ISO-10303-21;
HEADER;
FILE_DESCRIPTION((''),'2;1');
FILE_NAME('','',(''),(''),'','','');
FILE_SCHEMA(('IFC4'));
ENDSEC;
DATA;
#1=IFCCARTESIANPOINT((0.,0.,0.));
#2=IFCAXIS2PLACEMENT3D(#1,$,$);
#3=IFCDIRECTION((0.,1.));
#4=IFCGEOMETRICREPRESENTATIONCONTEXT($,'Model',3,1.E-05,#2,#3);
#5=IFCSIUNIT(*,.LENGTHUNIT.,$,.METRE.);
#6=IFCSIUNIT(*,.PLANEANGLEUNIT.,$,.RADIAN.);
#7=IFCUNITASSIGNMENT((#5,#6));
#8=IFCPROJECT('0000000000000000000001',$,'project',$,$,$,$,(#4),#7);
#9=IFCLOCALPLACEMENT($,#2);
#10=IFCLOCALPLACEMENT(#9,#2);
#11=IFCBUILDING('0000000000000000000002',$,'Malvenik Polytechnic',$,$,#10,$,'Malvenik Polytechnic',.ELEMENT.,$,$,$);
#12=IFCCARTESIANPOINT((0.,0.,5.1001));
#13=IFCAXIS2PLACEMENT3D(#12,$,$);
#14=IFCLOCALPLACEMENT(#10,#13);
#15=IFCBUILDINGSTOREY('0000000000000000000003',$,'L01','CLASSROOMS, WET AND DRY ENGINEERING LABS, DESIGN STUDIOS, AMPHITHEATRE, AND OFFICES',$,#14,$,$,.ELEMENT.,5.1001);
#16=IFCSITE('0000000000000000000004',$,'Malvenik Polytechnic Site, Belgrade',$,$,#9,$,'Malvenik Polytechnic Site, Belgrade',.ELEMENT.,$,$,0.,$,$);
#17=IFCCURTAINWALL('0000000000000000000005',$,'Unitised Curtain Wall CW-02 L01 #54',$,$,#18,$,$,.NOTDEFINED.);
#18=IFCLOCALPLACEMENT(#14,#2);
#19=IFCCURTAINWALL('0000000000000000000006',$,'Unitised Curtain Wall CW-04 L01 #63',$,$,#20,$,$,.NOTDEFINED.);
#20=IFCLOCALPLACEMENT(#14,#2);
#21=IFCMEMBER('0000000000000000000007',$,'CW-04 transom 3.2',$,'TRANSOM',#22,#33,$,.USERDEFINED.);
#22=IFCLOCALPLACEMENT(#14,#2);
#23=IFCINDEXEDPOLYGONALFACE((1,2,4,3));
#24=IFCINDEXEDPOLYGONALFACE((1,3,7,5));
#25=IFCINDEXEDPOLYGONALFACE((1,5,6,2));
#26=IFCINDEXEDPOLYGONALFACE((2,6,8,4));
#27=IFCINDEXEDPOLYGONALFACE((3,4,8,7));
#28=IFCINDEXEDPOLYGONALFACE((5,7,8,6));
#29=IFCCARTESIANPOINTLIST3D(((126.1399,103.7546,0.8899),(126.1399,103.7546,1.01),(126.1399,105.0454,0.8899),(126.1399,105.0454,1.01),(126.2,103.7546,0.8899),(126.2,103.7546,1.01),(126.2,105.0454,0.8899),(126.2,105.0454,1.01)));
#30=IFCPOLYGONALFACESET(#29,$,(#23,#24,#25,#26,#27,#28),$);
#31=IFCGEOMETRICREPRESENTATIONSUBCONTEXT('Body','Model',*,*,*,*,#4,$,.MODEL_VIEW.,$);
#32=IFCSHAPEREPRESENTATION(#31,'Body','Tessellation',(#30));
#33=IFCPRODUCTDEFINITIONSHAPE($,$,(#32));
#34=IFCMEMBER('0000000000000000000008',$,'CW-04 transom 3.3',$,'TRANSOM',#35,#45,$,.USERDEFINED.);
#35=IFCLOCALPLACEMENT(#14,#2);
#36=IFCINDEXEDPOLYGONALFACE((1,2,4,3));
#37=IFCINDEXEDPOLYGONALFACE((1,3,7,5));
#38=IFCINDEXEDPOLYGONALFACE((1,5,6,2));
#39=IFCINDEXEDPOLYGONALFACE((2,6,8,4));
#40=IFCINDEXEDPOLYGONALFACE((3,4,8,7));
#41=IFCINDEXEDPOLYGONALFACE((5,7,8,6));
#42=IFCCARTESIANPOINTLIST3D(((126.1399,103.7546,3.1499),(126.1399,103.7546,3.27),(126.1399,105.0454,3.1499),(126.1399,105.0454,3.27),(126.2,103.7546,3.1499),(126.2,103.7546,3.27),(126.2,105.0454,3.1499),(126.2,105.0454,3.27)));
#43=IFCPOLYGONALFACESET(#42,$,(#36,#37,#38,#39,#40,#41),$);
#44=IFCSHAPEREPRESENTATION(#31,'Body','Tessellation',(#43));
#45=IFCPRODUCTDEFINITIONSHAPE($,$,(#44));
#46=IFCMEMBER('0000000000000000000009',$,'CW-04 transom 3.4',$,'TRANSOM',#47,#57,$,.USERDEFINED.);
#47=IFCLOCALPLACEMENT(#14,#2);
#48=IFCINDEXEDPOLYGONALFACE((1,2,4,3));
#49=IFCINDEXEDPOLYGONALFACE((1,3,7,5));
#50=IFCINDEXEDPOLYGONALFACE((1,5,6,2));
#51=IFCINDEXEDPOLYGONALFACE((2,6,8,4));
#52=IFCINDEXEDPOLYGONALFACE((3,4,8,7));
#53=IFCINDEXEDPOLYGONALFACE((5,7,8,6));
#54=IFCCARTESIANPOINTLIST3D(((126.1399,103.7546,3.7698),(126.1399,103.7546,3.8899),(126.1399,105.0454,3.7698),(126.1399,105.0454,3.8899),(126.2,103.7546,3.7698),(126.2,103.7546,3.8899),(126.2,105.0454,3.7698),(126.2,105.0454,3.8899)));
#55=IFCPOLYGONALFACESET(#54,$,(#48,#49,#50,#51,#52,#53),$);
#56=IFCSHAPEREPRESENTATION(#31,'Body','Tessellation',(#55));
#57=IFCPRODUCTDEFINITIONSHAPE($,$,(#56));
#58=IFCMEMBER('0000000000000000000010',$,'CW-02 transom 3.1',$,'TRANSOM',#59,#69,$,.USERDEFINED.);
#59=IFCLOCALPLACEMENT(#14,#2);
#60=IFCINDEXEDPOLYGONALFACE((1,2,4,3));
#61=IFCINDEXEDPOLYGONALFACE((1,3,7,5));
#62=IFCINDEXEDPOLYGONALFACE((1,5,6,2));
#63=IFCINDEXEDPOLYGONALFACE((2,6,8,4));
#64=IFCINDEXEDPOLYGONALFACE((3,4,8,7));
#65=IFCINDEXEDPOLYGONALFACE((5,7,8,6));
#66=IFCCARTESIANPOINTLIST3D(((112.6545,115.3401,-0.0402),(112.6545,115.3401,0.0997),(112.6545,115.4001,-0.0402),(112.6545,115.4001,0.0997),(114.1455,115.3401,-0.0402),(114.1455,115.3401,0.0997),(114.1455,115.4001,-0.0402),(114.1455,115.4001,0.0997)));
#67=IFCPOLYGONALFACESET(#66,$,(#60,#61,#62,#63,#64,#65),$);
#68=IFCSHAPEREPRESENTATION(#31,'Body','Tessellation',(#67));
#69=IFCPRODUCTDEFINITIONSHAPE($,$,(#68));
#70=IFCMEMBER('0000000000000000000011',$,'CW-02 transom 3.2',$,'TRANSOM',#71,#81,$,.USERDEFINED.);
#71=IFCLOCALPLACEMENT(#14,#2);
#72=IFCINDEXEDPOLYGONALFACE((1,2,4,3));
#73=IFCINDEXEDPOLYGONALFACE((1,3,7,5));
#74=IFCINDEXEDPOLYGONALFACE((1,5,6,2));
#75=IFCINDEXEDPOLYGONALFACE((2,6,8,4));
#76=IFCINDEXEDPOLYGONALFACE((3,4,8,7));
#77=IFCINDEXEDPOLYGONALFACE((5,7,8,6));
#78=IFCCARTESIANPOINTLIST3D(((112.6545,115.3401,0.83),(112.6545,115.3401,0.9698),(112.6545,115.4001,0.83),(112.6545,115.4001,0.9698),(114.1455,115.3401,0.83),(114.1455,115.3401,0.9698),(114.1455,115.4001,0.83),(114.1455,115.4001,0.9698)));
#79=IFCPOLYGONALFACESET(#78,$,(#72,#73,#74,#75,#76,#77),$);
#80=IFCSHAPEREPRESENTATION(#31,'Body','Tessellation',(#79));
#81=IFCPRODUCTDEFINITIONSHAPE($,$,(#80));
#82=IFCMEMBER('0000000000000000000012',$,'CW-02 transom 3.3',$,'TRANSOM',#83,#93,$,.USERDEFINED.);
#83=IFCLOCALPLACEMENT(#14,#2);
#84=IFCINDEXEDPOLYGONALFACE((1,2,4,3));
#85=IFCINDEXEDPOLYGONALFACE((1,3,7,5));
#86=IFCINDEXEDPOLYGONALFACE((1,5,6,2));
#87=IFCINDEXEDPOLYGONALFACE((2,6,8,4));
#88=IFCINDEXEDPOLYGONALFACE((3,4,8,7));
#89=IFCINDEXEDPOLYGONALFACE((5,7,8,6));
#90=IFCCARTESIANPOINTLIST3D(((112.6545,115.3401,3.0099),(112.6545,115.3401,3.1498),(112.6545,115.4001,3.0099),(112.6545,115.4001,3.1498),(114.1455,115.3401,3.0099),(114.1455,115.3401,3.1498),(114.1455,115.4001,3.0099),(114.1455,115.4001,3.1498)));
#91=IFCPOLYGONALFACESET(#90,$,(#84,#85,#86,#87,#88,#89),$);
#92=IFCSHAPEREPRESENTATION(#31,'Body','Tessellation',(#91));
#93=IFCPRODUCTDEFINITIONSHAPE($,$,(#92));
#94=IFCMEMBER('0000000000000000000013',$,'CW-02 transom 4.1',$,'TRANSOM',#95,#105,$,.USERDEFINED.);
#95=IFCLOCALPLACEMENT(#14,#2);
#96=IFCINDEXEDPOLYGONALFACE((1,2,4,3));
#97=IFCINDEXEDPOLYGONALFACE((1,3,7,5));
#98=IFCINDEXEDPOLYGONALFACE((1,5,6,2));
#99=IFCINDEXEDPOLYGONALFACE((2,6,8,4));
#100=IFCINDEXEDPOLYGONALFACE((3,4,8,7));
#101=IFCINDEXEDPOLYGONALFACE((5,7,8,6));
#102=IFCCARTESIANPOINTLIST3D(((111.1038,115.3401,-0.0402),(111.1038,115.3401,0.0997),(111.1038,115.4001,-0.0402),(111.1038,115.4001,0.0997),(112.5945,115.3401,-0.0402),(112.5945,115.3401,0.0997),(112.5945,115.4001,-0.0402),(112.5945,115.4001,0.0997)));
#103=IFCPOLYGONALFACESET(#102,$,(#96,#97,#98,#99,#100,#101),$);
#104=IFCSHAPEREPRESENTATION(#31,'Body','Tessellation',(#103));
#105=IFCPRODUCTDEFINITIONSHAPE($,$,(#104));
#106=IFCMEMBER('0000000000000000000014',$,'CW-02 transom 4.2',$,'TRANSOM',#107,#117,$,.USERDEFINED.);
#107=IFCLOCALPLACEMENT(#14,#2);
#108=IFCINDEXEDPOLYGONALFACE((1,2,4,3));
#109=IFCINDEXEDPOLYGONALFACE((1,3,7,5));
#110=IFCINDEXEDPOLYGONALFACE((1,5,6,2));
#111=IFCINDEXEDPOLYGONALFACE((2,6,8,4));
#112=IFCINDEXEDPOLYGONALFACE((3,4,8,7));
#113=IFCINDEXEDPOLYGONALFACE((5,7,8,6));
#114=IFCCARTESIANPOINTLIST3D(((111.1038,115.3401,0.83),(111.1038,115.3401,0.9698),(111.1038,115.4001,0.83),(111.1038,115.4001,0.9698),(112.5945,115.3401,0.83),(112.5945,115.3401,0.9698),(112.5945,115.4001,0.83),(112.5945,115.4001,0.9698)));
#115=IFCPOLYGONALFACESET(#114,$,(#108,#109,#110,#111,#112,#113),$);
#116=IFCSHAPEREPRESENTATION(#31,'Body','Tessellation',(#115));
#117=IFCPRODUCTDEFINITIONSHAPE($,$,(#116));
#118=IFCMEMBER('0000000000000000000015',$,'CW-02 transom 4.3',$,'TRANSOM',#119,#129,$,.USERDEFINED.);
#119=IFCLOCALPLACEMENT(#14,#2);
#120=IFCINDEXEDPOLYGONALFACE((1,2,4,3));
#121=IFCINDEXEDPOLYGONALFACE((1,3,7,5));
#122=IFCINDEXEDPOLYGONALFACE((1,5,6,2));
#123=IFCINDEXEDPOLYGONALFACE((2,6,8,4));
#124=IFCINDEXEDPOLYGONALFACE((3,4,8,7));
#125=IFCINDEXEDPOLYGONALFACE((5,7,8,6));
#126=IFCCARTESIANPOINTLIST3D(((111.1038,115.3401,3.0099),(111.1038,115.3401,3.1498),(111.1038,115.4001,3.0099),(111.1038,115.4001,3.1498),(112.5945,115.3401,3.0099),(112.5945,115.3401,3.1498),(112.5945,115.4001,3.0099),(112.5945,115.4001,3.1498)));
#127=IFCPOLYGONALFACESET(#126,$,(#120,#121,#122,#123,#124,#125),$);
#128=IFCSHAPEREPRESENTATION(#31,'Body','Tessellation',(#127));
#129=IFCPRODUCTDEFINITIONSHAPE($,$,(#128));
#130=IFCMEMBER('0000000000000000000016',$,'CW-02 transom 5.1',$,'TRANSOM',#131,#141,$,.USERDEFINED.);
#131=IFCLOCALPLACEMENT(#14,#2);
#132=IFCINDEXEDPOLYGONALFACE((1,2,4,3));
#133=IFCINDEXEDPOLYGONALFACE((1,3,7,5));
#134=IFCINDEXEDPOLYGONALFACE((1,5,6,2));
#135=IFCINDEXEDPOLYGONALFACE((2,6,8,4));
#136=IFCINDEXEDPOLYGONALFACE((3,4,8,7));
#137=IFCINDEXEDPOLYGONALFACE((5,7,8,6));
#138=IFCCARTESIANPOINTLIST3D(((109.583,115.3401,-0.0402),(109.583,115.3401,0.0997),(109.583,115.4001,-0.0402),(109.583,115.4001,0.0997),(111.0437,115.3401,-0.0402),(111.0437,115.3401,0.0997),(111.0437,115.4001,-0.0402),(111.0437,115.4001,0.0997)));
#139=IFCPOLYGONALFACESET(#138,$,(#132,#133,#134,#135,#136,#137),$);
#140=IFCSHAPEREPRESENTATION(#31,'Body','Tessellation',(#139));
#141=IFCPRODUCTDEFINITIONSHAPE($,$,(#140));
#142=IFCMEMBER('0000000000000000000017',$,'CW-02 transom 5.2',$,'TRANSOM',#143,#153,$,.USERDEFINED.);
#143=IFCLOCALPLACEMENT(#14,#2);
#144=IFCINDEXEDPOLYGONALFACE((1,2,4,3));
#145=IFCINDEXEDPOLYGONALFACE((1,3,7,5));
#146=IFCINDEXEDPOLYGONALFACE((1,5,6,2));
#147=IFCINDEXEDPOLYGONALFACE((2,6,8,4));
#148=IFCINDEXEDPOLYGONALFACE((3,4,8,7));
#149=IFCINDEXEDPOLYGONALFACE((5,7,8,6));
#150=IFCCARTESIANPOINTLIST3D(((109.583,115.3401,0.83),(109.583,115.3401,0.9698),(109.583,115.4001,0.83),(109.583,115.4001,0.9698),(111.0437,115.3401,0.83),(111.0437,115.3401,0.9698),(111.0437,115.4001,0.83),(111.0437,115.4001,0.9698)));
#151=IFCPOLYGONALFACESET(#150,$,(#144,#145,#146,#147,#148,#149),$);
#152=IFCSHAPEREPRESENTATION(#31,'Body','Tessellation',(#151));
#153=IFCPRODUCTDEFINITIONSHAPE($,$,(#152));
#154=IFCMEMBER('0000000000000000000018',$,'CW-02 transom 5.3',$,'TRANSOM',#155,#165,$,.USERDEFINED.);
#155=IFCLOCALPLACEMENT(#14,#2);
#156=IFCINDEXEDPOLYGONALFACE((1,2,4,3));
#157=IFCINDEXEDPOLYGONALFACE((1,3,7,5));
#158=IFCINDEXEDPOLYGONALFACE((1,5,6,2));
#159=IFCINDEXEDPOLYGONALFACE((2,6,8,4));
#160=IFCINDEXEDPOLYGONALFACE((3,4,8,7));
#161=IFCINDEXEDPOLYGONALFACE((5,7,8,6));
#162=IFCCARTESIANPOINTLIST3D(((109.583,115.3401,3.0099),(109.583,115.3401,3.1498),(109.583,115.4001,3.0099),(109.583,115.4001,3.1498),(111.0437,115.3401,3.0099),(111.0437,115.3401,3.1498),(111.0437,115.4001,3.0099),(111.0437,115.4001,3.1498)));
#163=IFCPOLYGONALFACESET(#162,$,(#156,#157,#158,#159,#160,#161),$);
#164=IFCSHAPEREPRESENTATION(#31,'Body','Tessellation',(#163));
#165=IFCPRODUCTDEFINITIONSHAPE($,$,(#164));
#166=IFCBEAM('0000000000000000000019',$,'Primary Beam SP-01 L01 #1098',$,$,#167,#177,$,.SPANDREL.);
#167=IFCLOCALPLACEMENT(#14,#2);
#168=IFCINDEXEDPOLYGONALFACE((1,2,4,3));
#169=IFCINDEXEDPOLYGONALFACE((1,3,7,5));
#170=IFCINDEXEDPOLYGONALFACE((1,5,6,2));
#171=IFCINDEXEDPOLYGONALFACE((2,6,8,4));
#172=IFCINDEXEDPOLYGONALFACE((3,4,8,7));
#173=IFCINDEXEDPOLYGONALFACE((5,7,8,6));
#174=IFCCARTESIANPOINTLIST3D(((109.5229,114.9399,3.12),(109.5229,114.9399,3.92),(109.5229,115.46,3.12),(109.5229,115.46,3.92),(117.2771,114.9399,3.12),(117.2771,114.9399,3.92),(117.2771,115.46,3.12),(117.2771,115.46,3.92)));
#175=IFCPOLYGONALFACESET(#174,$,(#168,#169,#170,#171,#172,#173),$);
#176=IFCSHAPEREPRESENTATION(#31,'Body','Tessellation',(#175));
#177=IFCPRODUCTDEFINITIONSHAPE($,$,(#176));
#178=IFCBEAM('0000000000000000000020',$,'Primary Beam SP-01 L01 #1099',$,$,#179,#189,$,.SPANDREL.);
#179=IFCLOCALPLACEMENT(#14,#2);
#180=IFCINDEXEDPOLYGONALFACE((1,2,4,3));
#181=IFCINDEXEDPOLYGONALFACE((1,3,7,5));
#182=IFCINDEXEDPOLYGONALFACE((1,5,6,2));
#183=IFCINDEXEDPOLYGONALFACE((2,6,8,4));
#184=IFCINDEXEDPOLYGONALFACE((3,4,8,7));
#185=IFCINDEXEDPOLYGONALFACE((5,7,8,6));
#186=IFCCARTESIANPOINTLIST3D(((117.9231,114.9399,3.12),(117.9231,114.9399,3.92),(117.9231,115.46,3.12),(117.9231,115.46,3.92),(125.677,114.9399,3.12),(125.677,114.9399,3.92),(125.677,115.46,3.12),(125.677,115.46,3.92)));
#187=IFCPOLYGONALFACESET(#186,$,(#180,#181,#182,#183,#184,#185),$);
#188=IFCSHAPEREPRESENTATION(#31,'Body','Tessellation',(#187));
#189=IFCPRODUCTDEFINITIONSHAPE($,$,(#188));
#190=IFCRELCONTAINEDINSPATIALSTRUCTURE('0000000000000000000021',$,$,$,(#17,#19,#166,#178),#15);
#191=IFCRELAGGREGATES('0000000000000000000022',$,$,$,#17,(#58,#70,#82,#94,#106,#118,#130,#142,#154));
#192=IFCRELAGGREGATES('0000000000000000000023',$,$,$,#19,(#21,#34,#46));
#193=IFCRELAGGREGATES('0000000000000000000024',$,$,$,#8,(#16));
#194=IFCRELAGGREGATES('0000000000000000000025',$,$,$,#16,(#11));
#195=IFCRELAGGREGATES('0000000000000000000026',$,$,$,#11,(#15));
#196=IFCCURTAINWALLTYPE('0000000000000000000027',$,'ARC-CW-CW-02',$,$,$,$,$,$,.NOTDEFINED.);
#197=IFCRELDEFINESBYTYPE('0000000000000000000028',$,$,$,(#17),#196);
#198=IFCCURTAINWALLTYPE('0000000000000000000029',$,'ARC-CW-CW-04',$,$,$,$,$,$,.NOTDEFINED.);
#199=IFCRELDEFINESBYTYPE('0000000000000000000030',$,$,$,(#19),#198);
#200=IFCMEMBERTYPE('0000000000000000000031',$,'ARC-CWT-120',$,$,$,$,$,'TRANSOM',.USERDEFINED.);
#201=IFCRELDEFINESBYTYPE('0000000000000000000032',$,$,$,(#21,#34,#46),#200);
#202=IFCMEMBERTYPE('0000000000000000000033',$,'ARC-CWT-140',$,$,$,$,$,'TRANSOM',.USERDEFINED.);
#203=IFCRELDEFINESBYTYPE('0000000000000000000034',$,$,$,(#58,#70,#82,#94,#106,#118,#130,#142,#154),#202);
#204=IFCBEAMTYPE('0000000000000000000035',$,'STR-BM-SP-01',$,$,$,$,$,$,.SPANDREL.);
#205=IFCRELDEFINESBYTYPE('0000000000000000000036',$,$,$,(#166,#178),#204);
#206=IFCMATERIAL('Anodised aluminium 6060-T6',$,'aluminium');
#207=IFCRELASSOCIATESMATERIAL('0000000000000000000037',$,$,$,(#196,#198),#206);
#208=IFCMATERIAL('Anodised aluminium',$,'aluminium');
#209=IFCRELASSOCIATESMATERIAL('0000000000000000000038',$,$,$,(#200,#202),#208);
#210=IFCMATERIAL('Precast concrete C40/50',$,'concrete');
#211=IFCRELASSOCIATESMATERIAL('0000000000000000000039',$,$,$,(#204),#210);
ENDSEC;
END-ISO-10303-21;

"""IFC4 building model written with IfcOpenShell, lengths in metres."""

from ifc_helpers import new_model, si_unit, direction, frame, origin, origin_2d, place, context, subcontext, project, spatial, rectangle, extrude, material, material_profile, profile_set, type_object, element, aggregate, save


model = new_model("IFC4")

# Units and contexts
model_context = context("Model", 3, precision=1e-05, world=origin(), true_north=direction((0.0, 1.0)))
body_context = subcontext(model_context, "Body", "Model", "MODEL_VIEW")
ifc_project = project(units=[si_unit("LENGTHUNIT", "METRE"), si_unit("PLANEANGLEUNIT", "RADIAN")], contexts=[model_context])

# Site, building, storey
site_placement = place(None, origin())
site = spatial("IfcSite", under=ifc_project, at=site_placement, Name="Malvenik Polytechnic Site, Belgrade", LongName="Malvenik Polytechnic Site, Belgrade", CompositionType="ELEMENT", RefElevation=0.0)
building_placement = place(site_placement, origin())
building = spatial("IfcBuilding", under=site, at=building_placement, Name="Malvenik Polytechnic", LongName="Malvenik Polytechnic", CompositionType="ELEMENT")
storey_placement = place(building_placement, frame((0.0, 0.0, 5.1001)))
storey = spatial("IfcBuildingStorey", under=building, at=storey_placement, Name="L01", Description="CLASSROOMS, WET AND DRY ENGINEERING LABS, DESIGN STUDIOS, AMPHITHEATRE, AND OFFICES", CompositionType="ELEMENT", Elevation=5.1001)

# Curtain walls, members
ifc_material_1 = material(Name="Anodised aluminium 6060-T6", Category="aluminium")
curtain_wall_type_1 = type_object("IfcCurtainWallType", Name="ARC-CW-CW-02", PredefinedType="NOTDEFINED", material=ifc_material_1)
curtain_wall_1_placement = place(storey_placement, origin())
curtain_wall_1 = element("IfcCurtainWall", 1, at=curtain_wall_1_placement, inside=storey, type_object=curtain_wall_type_1, Name="Unitised Curtain Wall CW-02 L01 #54", PredefinedType="NOTDEFINED")
ifc_material_2 = material(Name="Anodised aluminium", Category="aluminium")
curtain_wall_type_2 = type_object("IfcCurtainWallType", Name="ARC-CW-CW-04", PredefinedType="NOTDEFINED", material=ifc_material_1)
curtain_wall_2_placement = place(storey_placement, origin())
curtain_wall_2 = element("IfcCurtainWall", 2, at=curtain_wall_2_placement, inside=storey, type_object=curtain_wall_type_2, Name="Unitised Curtain Wall CW-04 L01 #63", PredefinedType="NOTDEFINED")
ifc_material_profile_1 = material_profile(ifc_material_2, rectangle(XDim=0.0601, YDim=0.1201, at=origin_2d()), Name="ALU TRANSOM 60x120")
ifc_profile_set_1 = profile_set([ifc_material_profile_1], Name="Anodised aluminium")
member_type_1 = type_object("IfcMemberType", Name="ARC-CWT-120", ElementType="TRANSOM", PredefinedType="USERDEFINED", material=ifc_profile_set_1)
member_1_placement = place(storey_placement, frame((126.1699, 103.7546, 0.95), z_axis=(0.0, 1.0, 0.0), x_axis=(-1.0, 0.0, 0.0)))
member_1 = element("IfcMember", 3, at=member_1_placement, type_object=member_type_1, Name="CW-04 transom 3.2", ObjectType="TRANSOM", PredefinedType="USERDEFINED", context=body_context, shape_type="SweptSolid", body=[
    extrude(rectangle(XDim=0.0601, YDim=0.1201, at=origin_2d()), origin(), (0.0, 0.0, 1.0), 1.2908),
])
member_2_placement = place(storey_placement, frame((126.1699, 103.7546, 3.21), z_axis=(0.0, 1.0, 0.0), x_axis=(-1.0, 0.0, 0.0)))
member_2 = element("IfcMember", 4, at=member_2_placement, type_object=member_type_1, Name="CW-04 transom 3.3", ObjectType="TRANSOM", PredefinedType="USERDEFINED", context=body_context, shape_type="SweptSolid", body=[
    extrude(rectangle(XDim=0.0601, YDim=0.1201, at=origin_2d()), origin(), (0.0, 0.0, 1.0), 1.2908),
])
member_3_placement = place(storey_placement, frame((126.1699, 103.7546, 3.8298), z_axis=(0.0, 1.0, 0.0), x_axis=(-1.0, 0.0, 0.0)))
member_3 = element("IfcMember", 5, at=member_3_placement, type_object=member_type_1, Name="CW-04 transom 3.4", ObjectType="TRANSOM", PredefinedType="USERDEFINED", context=body_context, shape_type="SweptSolid", body=[
    extrude(rectangle(XDim=0.0601, YDim=0.1201, at=origin_2d()), origin(), (0.0, 0.0, 1.0), 1.2908),
])

# Members
ifc_material_profile_2 = material_profile(ifc_material_2, rectangle(XDim=0.0601, YDim=0.1399, at=origin_2d()), Name="ALU TRANSOM 60x140")
ifc_profile_set_2 = profile_set([ifc_material_profile_2], Name="Anodised aluminium")
member_type_2 = type_object("IfcMemberType", Name="ARC-CWT-140", ElementType="TRANSOM", PredefinedType="USERDEFINED", material=ifc_profile_set_2)
member_4_placement = place(storey_placement, frame((114.1455, 115.3701, 0.0298), z_axis=(-1.0, 0.0, 0.0), x_axis=(0.0, -1.0, 0.0)))
member_4 = element("IfcMember", 6, at=member_4_placement, type_object=member_type_2, Name="CW-02 transom 3.1", ObjectType="TRANSOM", PredefinedType="USERDEFINED", context=body_context, shape_type="SweptSolid", body=[
    extrude(rectangle(XDim=0.0601, YDim=0.1399, at=origin_2d()), origin(), (0.0, 0.0, 1.0), 1.491),
])
member_5_placement = place(storey_placement, frame((114.1455, 115.3701, 0.8999), z_axis=(-1.0, 0.0, 0.0), x_axis=(0.0, -1.0, 0.0)))
member_5 = element("IfcMember", 7, at=member_5_placement, type_object=member_type_2, Name="CW-02 transom 3.2", ObjectType="TRANSOM", PredefinedType="USERDEFINED", context=body_context, shape_type="SweptSolid", body=[
    extrude(rectangle(XDim=0.0601, YDim=0.1399, at=origin_2d()), origin(), (0.0, 0.0, 1.0), 1.491),
])
member_6_placement = place(storey_placement, frame((114.1455, 115.3701, 3.0798), z_axis=(-1.0, 0.0, 0.0), x_axis=(0.0, -1.0, 0.0)))
member_6 = element("IfcMember", 8, at=member_6_placement, type_object=member_type_2, Name="CW-02 transom 3.3", ObjectType="TRANSOM", PredefinedType="USERDEFINED", context=body_context, shape_type="SweptSolid", body=[
    extrude(rectangle(XDim=0.0601, YDim=0.1399, at=origin_2d()), origin(), (0.0, 0.0, 1.0), 1.491),
])
member_7_placement = place(storey_placement, frame((112.5945, 115.3701, 0.0298), z_axis=(-1.0, 0.0, 0.0), x_axis=(0.0, -1.0, 0.0)))
member_7 = element("IfcMember", 9, at=member_7_placement, type_object=member_type_2, Name="CW-02 transom 4.1", ObjectType="TRANSOM", PredefinedType="USERDEFINED", context=body_context, shape_type="SweptSolid", body=[
    extrude(rectangle(XDim=0.0601, YDim=0.1399, at=origin_2d()), origin(), (0.0, 0.0, 1.0), 1.4907),
])
member_8_placement = place(storey_placement, frame((112.5945, 115.3701, 0.8999), z_axis=(-1.0, 0.0, 0.0), x_axis=(0.0, -1.0, 0.0)))
member_8 = element("IfcMember", 10, at=member_8_placement, type_object=member_type_2, Name="CW-02 transom 4.2", ObjectType="TRANSOM", PredefinedType="USERDEFINED", context=body_context, shape_type="SweptSolid", body=[
    extrude(rectangle(XDim=0.0601, YDim=0.1399, at=origin_2d()), origin(), (0.0, 0.0, 1.0), 1.4907),
])
member_9_placement = place(storey_placement, frame((112.5945, 115.3701, 3.0798), z_axis=(-1.0, 0.0, 0.0), x_axis=(0.0, -1.0, 0.0)))
member_9 = element("IfcMember", 11, at=member_9_placement, type_object=member_type_2, Name="CW-02 transom 4.3", ObjectType="TRANSOM", PredefinedType="USERDEFINED", context=body_context, shape_type="SweptSolid", body=[
    extrude(rectangle(XDim=0.0601, YDim=0.1399, at=origin_2d()), origin(), (0.0, 0.0, 1.0), 1.4907),
])
member_10_placement = place(storey_placement, frame((111.0437, 115.3701, 0.0298), z_axis=(-1.0, 0.0, 0.0), x_axis=(0.0, -1.0, 0.0)))
member_10 = element("IfcMember", 12, at=member_10_placement, type_object=member_type_2, Name="CW-02 transom 5.1", ObjectType="TRANSOM", PredefinedType="USERDEFINED", context=body_context, shape_type="SweptSolid", body=[
    extrude(rectangle(XDim=0.0601, YDim=0.1399, at=origin_2d()), origin(), (0.0, 0.0, 1.0), 1.4607),
])
member_11_placement = place(storey_placement, frame((111.0437, 115.3701, 0.8999), z_axis=(-1.0, 0.0, 0.0), x_axis=(0.0, -1.0, 0.0)))
member_11 = element("IfcMember", 13, at=member_11_placement, type_object=member_type_2, Name="CW-02 transom 5.2", ObjectType="TRANSOM", PredefinedType="USERDEFINED", context=body_context, shape_type="SweptSolid", body=[
    extrude(rectangle(XDim=0.0601, YDim=0.1399, at=origin_2d()), origin(), (0.0, 0.0, 1.0), 1.4607),
])
member_12_placement = place(storey_placement, frame((111.0437, 115.3701, 3.0798), z_axis=(-1.0, 0.0, 0.0), x_axis=(0.0, -1.0, 0.0)))
member_12 = element("IfcMember", 14, at=member_12_placement, type_object=member_type_2, Name="CW-02 transom 5.3", ObjectType="TRANSOM", PredefinedType="USERDEFINED", context=body_context, shape_type="SweptSolid", body=[
    extrude(rectangle(XDim=0.0601, YDim=0.1399, at=origin_2d()), origin(), (0.0, 0.0, 1.0), 1.4607),
])

# Beams
ifc_material_3 = material(Name="Precast concrete C40/50", Category="concrete")
ifc_material_profile_3 = material_profile(ifc_material_3, rectangle(XDim=0.52, YDim=0.8, at=origin_2d()), Name="PC SPN 520x800")
ifc_profile_set_3 = profile_set([ifc_material_profile_3], Name="Precast concrete C40/50")
beam_type = type_object("IfcBeamType", Name="STR-BM-SP-01", PredefinedType="SPANDREL", material=ifc_profile_set_3)
beam_1_placement = place(storey_placement, frame((109.5229, 115.2, 3.52), z_axis=(1.0, 0.0, 0.0), x_axis=(0.0, 1.0, 0.0)))
element("IfcBeam", 15, at=beam_1_placement, inside=storey, type_object=beam_type, Name="Primary Beam SP-01 L01 #1098", PredefinedType="SPANDREL", context=body_context, shape_type="SweptSolid", body=[
    extrude(rectangle(XDim=0.52, YDim=0.8, at=origin_2d()), origin(), (0.0, 0.0, 1.0), 7.7542),
])
beam_2_placement = place(storey_placement, frame((117.9231, 115.2, 3.52), z_axis=(1.0, 0.0, 0.0), x_axis=(0.0, 1.0, 0.0)))
element("IfcBeam", 16, at=beam_2_placement, inside=storey, type_object=beam_type, Name="Primary Beam SP-01 L01 #1099", PredefinedType="SPANDREL", context=body_context, shape_type="SweptSolid", body=[
    extrude(rectangle(XDim=0.52, YDim=0.8, at=origin_2d()), origin(), (0.0, 0.0, 1.0), 7.7539),
])

aggregate(curtain_wall_1, [member_4, member_5, member_6, member_7, member_8, member_9, member_10, member_11, member_12])
aggregate(curtain_wall_2, [member_1, member_2, member_3])

save(model, "model.ifc")
